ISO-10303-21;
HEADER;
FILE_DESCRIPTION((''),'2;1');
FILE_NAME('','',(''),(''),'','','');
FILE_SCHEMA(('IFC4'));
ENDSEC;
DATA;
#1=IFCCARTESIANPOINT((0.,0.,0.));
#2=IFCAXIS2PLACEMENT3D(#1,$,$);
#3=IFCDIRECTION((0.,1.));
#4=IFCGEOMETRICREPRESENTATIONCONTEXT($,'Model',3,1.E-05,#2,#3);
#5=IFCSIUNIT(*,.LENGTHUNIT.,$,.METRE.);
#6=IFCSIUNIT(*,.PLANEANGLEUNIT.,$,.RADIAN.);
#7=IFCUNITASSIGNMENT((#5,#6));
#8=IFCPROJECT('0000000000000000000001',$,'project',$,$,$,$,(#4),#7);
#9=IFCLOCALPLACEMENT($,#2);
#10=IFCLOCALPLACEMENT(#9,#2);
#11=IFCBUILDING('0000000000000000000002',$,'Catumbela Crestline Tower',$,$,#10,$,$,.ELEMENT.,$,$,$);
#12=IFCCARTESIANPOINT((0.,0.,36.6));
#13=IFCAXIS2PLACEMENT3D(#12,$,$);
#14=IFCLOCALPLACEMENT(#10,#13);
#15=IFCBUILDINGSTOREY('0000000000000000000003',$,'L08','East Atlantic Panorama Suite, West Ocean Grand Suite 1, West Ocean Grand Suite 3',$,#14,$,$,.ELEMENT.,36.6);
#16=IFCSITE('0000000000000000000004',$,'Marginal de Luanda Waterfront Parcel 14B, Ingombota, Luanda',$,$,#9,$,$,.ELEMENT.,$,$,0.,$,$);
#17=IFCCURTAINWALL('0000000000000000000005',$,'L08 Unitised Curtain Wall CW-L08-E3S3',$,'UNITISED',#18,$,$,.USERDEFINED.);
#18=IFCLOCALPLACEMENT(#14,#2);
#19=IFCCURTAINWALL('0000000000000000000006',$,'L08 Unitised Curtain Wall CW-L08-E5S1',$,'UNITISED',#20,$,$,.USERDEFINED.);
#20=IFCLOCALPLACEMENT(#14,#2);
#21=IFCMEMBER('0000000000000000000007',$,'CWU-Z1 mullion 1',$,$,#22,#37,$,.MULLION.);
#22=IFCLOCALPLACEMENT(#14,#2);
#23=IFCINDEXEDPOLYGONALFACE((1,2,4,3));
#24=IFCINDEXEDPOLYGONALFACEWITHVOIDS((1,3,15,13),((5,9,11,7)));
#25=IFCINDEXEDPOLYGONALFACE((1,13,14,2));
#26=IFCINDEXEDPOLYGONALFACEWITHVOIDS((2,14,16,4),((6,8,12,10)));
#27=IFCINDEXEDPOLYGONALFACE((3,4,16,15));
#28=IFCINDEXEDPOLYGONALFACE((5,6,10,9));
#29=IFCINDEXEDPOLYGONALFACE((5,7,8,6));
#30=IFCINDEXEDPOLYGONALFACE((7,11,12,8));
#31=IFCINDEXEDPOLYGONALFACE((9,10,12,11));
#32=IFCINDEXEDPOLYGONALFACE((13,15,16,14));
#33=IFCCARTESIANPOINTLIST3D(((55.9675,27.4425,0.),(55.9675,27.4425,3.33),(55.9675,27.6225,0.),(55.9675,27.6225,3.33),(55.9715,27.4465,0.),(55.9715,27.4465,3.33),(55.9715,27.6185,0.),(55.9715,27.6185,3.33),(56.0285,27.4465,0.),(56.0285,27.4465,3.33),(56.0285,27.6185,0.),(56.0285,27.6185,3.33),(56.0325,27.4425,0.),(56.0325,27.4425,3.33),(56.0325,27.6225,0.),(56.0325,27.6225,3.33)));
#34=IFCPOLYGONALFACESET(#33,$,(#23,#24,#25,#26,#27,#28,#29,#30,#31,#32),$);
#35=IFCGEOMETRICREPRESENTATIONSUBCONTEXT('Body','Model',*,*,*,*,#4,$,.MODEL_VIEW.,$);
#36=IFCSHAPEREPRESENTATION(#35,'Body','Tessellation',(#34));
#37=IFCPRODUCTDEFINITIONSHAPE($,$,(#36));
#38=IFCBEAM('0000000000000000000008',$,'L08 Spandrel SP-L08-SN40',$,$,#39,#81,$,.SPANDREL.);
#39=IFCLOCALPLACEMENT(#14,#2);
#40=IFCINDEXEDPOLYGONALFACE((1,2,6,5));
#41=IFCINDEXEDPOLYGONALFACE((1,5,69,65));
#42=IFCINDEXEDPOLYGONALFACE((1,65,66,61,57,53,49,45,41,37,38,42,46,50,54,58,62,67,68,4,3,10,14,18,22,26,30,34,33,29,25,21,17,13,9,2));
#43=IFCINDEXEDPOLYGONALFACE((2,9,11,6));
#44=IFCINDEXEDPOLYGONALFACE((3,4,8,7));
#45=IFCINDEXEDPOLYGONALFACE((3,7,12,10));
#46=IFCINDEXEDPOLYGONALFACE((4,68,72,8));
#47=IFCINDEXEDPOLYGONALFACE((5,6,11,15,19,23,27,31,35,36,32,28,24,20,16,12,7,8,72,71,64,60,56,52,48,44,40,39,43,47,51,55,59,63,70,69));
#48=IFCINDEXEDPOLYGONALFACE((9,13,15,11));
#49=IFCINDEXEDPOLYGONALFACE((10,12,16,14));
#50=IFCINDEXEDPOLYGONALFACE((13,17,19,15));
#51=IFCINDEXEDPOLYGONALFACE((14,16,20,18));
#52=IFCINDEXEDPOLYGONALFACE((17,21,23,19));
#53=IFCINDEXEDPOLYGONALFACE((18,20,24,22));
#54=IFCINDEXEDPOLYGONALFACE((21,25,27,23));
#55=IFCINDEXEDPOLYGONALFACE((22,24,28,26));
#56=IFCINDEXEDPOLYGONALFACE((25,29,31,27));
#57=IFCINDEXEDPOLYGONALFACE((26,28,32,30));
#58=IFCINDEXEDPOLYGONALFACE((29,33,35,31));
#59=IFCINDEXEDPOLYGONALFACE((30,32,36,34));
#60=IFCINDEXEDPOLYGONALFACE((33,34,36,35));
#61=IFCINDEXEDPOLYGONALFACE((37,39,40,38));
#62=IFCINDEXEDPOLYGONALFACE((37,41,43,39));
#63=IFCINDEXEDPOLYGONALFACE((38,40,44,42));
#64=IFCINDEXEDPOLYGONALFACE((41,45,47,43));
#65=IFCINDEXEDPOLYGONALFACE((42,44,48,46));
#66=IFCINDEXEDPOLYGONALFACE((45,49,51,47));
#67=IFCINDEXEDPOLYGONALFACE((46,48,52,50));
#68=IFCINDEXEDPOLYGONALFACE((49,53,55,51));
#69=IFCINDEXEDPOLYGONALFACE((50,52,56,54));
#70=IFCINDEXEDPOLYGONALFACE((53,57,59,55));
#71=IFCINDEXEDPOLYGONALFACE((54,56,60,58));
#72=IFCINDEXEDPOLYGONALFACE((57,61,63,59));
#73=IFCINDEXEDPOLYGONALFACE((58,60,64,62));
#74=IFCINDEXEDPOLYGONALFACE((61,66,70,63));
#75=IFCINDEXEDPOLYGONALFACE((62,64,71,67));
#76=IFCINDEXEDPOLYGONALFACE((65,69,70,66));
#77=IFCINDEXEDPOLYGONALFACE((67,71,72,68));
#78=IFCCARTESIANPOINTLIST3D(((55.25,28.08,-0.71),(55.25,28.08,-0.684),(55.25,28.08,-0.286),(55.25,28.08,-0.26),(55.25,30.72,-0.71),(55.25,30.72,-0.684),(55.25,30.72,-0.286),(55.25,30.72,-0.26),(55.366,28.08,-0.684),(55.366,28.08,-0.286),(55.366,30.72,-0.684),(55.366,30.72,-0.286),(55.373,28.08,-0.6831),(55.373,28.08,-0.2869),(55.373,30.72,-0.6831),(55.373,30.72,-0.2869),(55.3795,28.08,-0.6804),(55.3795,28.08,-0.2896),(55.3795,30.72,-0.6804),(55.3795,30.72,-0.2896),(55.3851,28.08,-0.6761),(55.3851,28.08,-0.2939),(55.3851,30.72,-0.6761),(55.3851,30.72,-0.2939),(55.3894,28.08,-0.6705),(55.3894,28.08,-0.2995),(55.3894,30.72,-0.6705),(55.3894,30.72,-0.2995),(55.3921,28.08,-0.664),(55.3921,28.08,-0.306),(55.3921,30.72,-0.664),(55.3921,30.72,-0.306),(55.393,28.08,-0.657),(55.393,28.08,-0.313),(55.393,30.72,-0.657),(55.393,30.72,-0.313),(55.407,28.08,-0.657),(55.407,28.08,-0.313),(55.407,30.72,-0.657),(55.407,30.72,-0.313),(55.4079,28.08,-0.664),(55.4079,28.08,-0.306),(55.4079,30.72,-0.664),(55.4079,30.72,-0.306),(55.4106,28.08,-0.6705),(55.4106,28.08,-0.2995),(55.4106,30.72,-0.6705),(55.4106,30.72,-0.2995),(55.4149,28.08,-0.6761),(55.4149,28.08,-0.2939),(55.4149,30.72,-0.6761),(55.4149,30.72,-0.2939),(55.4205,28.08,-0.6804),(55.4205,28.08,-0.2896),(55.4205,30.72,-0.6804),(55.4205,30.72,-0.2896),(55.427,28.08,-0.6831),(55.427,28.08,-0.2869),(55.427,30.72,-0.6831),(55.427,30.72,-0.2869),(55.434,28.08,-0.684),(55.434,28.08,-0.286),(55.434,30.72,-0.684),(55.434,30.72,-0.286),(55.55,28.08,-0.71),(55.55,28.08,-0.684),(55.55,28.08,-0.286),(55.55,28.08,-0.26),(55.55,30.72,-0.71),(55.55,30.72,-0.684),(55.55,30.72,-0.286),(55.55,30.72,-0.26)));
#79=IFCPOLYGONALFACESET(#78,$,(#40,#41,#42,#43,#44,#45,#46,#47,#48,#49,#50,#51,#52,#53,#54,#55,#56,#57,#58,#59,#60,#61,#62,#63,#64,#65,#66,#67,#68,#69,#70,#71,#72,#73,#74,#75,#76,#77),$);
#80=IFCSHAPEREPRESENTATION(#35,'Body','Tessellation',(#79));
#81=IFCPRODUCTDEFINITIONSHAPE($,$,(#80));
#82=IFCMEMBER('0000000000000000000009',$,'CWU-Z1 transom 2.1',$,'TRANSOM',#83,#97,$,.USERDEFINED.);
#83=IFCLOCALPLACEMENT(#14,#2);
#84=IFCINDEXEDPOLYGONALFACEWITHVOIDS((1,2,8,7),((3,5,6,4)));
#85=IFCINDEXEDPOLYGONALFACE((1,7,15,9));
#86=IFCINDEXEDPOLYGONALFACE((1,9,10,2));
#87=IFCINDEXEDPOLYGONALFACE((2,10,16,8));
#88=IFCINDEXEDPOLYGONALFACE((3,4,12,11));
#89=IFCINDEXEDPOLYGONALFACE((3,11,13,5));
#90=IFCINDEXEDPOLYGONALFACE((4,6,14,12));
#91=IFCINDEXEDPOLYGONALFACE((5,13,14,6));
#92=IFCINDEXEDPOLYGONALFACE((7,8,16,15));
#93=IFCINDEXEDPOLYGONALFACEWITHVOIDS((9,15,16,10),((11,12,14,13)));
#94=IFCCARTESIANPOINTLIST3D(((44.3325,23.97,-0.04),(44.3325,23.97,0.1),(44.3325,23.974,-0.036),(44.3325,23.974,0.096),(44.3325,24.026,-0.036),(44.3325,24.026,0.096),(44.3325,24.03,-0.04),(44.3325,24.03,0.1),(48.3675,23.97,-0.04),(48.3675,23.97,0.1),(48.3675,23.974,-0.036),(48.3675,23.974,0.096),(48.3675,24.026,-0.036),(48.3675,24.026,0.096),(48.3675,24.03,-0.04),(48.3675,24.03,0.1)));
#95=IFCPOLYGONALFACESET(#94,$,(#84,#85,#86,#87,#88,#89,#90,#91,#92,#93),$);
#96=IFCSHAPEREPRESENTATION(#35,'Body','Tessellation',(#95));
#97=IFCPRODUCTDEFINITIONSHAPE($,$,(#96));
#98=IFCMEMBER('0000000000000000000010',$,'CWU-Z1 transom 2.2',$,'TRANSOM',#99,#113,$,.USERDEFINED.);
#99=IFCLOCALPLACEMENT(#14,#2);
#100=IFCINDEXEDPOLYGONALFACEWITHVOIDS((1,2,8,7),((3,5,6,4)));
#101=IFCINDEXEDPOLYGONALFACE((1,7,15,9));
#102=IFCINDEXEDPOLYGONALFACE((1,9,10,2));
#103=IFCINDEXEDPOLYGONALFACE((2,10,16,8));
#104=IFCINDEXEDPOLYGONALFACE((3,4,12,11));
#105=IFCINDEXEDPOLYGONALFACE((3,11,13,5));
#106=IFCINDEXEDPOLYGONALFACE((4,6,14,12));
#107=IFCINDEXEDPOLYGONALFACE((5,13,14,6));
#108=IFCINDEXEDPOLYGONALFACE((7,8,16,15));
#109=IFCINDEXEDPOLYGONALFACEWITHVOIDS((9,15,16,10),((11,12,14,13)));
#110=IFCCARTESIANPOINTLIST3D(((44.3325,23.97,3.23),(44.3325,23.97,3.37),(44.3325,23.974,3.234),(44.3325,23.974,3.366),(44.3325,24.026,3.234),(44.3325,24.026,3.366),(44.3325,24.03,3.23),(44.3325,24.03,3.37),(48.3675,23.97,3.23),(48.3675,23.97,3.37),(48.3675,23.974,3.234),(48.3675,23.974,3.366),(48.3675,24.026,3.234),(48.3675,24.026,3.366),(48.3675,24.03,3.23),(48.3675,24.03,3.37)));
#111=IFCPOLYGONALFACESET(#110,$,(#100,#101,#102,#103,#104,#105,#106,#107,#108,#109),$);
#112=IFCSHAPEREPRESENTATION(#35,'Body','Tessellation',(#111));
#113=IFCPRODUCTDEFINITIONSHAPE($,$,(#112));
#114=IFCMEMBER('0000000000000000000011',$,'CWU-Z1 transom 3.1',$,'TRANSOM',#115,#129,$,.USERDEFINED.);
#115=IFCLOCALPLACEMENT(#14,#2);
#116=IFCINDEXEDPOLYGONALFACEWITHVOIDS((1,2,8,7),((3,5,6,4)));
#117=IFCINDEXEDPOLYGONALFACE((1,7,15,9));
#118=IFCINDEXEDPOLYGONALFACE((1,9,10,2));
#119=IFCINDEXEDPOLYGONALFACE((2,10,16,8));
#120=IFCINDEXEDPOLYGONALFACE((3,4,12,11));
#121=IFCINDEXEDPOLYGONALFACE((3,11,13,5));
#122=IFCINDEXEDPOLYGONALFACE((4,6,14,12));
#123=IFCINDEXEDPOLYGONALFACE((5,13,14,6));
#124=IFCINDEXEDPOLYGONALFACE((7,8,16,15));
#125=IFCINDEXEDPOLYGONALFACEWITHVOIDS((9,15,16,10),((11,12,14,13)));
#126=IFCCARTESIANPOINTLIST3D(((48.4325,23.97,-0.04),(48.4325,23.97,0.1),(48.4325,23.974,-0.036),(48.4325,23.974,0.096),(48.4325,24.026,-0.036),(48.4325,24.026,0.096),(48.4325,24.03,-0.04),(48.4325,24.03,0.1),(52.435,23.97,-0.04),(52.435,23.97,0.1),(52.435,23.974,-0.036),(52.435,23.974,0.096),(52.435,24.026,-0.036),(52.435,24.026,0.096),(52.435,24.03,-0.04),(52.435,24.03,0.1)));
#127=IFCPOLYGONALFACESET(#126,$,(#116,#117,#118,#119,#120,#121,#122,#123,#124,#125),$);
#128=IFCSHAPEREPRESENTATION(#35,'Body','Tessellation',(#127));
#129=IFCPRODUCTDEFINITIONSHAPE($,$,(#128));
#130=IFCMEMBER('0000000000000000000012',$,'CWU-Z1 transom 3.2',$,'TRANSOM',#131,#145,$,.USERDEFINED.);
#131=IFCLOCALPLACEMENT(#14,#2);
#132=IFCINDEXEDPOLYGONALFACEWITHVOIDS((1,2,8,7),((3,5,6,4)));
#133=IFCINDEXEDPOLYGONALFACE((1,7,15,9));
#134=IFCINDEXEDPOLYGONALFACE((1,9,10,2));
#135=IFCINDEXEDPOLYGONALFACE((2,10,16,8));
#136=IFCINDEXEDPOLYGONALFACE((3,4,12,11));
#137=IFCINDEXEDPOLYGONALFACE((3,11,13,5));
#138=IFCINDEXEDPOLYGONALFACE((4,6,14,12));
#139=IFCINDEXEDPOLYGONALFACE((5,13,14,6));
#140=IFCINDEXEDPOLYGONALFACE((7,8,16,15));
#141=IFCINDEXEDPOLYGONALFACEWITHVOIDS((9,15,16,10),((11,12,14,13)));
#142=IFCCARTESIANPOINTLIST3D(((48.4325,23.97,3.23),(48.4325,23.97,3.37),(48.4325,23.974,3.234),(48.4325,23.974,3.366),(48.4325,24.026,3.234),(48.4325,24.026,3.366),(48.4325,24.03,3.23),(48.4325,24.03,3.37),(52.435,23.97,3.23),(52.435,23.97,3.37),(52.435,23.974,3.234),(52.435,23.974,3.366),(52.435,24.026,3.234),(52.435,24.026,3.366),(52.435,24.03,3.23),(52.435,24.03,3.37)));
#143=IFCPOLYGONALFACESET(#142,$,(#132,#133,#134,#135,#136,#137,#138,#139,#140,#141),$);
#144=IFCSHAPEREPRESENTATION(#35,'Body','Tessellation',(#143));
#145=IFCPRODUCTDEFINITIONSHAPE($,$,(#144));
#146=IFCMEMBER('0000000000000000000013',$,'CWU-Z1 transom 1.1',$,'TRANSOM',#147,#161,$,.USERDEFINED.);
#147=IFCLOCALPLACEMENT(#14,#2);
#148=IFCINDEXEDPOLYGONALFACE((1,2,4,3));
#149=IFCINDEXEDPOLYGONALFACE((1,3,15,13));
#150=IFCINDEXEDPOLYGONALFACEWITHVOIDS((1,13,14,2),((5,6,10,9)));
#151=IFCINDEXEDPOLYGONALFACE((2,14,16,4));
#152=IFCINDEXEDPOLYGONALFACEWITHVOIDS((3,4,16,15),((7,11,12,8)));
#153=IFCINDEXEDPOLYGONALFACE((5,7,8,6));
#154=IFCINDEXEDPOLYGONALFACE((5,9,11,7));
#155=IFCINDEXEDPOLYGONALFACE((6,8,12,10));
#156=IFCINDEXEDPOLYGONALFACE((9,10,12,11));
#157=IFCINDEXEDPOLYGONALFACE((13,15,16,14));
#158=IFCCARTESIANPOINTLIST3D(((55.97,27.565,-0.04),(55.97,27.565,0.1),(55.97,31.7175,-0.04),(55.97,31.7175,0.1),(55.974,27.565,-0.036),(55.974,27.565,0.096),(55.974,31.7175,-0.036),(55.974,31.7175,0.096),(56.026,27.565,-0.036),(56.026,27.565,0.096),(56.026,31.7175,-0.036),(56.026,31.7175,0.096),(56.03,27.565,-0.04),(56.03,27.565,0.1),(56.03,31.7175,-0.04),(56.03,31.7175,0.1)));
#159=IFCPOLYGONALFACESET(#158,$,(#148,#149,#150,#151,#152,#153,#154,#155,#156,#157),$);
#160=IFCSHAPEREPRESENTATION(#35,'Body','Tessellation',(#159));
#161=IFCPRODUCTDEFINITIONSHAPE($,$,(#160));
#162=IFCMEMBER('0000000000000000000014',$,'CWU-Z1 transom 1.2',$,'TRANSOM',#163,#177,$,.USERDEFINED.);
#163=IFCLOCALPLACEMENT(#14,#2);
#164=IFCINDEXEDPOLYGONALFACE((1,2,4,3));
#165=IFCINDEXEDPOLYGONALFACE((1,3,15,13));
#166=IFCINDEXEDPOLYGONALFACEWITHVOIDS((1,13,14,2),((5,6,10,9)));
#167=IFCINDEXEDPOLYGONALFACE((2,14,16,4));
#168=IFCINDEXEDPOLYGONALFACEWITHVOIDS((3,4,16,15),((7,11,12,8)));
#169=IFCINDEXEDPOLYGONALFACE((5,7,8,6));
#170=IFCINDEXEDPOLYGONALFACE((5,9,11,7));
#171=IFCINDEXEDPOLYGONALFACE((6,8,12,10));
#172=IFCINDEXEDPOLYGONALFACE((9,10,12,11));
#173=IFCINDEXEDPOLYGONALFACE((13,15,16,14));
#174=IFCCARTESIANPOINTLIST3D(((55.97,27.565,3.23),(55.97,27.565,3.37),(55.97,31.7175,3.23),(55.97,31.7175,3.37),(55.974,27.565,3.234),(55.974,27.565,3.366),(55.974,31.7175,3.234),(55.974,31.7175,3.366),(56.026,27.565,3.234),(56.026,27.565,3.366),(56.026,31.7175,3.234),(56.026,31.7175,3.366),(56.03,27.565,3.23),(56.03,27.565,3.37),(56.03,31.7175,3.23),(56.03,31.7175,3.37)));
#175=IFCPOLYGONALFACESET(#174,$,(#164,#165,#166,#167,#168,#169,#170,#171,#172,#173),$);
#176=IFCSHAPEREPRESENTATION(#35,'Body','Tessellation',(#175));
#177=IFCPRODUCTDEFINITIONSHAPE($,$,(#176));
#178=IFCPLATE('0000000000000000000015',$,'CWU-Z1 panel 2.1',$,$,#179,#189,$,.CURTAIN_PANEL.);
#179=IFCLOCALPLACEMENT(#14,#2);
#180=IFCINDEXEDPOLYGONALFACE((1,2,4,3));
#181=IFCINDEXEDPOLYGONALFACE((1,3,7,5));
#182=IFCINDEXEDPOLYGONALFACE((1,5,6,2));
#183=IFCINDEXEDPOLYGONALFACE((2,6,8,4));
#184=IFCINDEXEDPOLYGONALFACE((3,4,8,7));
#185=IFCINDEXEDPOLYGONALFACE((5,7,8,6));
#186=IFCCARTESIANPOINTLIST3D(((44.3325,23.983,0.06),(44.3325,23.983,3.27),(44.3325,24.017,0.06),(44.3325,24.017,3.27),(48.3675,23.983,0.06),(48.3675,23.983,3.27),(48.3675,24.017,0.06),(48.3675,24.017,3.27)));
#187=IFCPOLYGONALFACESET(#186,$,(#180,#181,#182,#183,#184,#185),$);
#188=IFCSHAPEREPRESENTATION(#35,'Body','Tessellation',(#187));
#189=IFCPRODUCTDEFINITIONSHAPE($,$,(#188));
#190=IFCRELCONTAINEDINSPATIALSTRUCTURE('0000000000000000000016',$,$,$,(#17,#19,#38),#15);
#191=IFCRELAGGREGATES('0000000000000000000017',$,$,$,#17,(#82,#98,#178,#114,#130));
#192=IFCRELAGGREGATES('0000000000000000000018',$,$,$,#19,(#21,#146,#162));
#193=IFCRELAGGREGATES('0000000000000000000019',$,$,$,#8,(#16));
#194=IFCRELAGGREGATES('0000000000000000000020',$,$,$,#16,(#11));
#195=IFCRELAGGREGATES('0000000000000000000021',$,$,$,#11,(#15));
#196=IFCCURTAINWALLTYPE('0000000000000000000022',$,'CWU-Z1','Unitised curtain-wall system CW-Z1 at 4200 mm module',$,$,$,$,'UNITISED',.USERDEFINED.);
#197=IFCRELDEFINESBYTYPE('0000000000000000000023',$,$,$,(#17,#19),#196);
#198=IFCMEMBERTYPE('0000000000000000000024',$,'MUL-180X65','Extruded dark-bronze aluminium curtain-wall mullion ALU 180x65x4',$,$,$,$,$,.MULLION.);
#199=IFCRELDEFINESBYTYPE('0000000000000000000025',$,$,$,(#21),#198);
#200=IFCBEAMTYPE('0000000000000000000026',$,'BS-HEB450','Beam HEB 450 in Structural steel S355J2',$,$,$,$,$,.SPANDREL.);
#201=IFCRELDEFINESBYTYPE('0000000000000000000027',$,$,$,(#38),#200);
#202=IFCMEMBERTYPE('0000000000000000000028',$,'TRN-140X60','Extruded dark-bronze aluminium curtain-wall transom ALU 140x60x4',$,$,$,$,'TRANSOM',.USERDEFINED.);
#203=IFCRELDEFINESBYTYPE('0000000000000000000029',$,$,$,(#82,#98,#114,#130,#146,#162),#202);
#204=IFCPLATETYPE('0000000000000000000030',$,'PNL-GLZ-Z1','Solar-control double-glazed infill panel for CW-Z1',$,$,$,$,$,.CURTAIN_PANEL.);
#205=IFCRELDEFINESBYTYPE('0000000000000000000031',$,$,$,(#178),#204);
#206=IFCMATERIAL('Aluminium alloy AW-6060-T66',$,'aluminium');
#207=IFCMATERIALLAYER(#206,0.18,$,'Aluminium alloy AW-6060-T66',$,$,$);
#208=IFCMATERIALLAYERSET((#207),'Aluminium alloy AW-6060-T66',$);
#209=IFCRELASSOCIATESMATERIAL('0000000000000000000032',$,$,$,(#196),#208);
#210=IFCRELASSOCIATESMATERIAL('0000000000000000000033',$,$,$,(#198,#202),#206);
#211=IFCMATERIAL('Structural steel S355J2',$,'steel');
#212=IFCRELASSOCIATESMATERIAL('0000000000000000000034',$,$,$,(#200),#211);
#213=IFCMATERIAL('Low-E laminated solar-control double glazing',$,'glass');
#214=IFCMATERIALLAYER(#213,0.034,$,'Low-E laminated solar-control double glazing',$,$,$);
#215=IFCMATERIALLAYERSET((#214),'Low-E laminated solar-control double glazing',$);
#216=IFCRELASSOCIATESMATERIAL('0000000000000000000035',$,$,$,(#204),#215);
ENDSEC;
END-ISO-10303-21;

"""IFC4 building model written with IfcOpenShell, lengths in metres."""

from ifc_helpers import new_model, si_unit, direction, frame, origin, origin_2d, place, context, subcontext, project, spatial, rectangle, hollow_rectangle, i_section, extrude, material, layer, layer_set, material_profile, profile_set, type_object, element, aggregate, save


model = new_model("IFC4")

# Units and contexts
model_context = context("Model", 3, precision=1e-05, world=origin(), true_north=direction((0.0, 1.0)))
body_context = subcontext(model_context, "Body", "Model", "MODEL_VIEW")
ifc_project = project(units=[si_unit("LENGTHUNIT", "METRE"), si_unit("PLANEANGLEUNIT", "RADIAN")], contexts=[model_context])

# Site, building, storey
site_placement = place(None, origin())
site = spatial("IfcSite", under=ifc_project, at=site_placement, Name="Marginal de Luanda Waterfront Parcel 14B, Ingombota, Luanda", CompositionType="ELEMENT", RefElevation=0.0)
building_placement = place(site_placement, origin())
building = spatial("IfcBuilding", under=site, at=building_placement, Name="Catumbela Crestline Tower", CompositionType="ELEMENT")
storey_placement = place(building_placement, frame((0.0, 0.0, 36.6)))
storey = spatial("IfcBuildingStorey", under=building, at=storey_placement, Name="L08", Description="East Atlantic Panorama Suite, West Ocean Grand Suite 1, West Ocean Grand Suite 3", CompositionType="ELEMENT", Elevation=36.6)

# Shared definitions
ifc_material_1 = material(Name="Structural steel S355J2", Category="steel")

# Curtain wall
ifc_material_2 = material(Name="Aluminium alloy AW-6060-T66", Category="aluminium")
ifc_layer_1 = layer(ifc_material_2, 0.18, Name="Aluminium alloy AW-6060-T66")
ifc_layer_set_1 = layer_set([ifc_layer_1], Name="Aluminium alloy AW-6060-T66")
curtain_wall_type = type_object("IfcCurtainWallType", Name="CWU-Z1", Description="Unitised curtain-wall system CW-Z1 at 4200 mm module", ElementType="UNITISED", PredefinedType="USERDEFINED", material=ifc_layer_set_1)
curtain_wall_1_placement = place(storey_placement, origin())
curtain_wall_1 = element("IfcCurtainWall", 1, at=curtain_wall_1_placement, inside=storey, type_object=curtain_wall_type, Name="L08 Unitised Curtain Wall CW-L08-E3S3", ObjectType="UNITISED", PredefinedType="USERDEFINED")
ifc_material_profile_1 = material_profile(ifc_material_2, hollow_rectangle(XDim=0.065, YDim=0.18, WallThickness=0.004, at=origin_2d()), Name="ALU 180x65x4")
ifc_profile_set_1 = profile_set([ifc_material_profile_1], Name="Aluminium alloy AW-6060-T66")
member_type_1 = type_object("IfcMemberType", Name="MUL-180X65", Description="Extruded dark-bronze aluminium curtain-wall mullion ALU 180x65x4", PredefinedType="MULLION", material=ifc_profile_set_1)

# Curtain wall, member
curtain_wall_2_placement = place(storey_placement, origin())
curtain_wall_2 = element("IfcCurtainWall", 2, at=curtain_wall_2_placement, inside=storey, type_object=curtain_wall_type, Name="L08 Unitised Curtain Wall CW-L08-E5S1", ObjectType="UNITISED", PredefinedType="USERDEFINED")
member_1_placement = place(storey_placement, frame((56.0, 27.5325, 0.0), z_axis=(0.0, 0.0, 1.0), x_axis=(-1.0, 0.0, 0.0)))
member_1 = element("IfcMember", 3, at=member_1_placement, type_object=member_type_1, Name="CWU-Z1 mullion 1", PredefinedType="MULLION", context=body_context, shape_type="SweptSolid", body=[
    extrude(hollow_rectangle(XDim=0.065, YDim=0.18, WallThickness=0.004, at=origin_2d()), origin(), (0.0, 0.0, 1.0), 3.33),
])

# Beam
ifc_material_profile_2 = material_profile(ifc_material_1, i_section(OverallWidth=0.3, OverallDepth=0.45, WebThickness=0.014, FlangeThickness=0.026, FilletRadius=0.027, at=origin_2d()), Name="HEB 450")
ifc_profile_set_2 = profile_set([ifc_material_profile_2], Name="Structural steel S355J2")
beam_type_1 = type_object("IfcBeamType", Name="BS-HEB450", Description="Beam HEB 450 in Structural steel S355J2", PredefinedType="SPANDREL", material=ifc_profile_set_2)
beam_1_placement = place(storey_placement, frame((55.4, 28.08, -0.485), z_axis=(0.0, 1.0, 0.0), x_axis=(-1.0, 0.0, 0.0)))
element("IfcBeam", 4, at=beam_1_placement, inside=storey, type_object=beam_type_1, Name="L08 Spandrel SP-L08-SN40", PredefinedType="SPANDREL", context=body_context, shape_type="SweptSolid", body=[
    extrude(i_section(OverallWidth=0.3, OverallDepth=0.45, WebThickness=0.014, FlangeThickness=0.026, FilletRadius=0.027, at=origin_2d()), origin(), (0.0, 0.0, 1.0), 2.64),
])

# Members
ifc_material_profile_3 = material_profile(ifc_material_2, hollow_rectangle(XDim=0.06, YDim=0.14, WallThickness=0.004, at=origin_2d()), Name="ALU 140x60x4")
ifc_profile_set_3 = profile_set([ifc_material_profile_3], Name="Aluminium alloy AW-6060-T66")
member_type_2 = type_object("IfcMemberType", Name="TRN-140X60", Description="Extruded dark-bronze aluminium curtain-wall transom ALU 140x60x4", ElementType="TRANSOM", PredefinedType="USERDEFINED", material=ifc_profile_set_3)
member_2_placement = place(storey_placement, frame((44.3325, 24.0, 0.03), z_axis=(1.0, 0.0, 0.0), x_axis=(0.0, 1.0, 0.0)))
member_2 = element("IfcMember", 5, at=member_2_placement, type_object=member_type_2, Name="CWU-Z1 transom 2.1", ObjectType="TRANSOM", PredefinedType="USERDEFINED", context=body_context, shape_type="SweptSolid", body=[
    extrude(hollow_rectangle(XDim=0.06, YDim=0.14, WallThickness=0.004, at=origin_2d()), origin(), (0.0, 0.0, 1.0), 4.035),
])
member_3_placement = place(storey_placement, frame((44.3325, 24.0, 3.3), z_axis=(1.0, 0.0, 0.0), x_axis=(0.0, 1.0, 0.0)))
member_3 = element("IfcMember", 6, at=member_3_placement, type_object=member_type_2, Name="CWU-Z1 transom 2.2", ObjectType="TRANSOM", PredefinedType="USERDEFINED", context=body_context, shape_type="SweptSolid", body=[
    extrude(hollow_rectangle(XDim=0.06, YDim=0.14, WallThickness=0.004, at=origin_2d()), origin(), (0.0, 0.0, 1.0), 4.035),
])
member_4_placement = place(storey_placement, frame((48.4325, 24.0, 0.03), z_axis=(1.0, 0.0, 0.0), x_axis=(0.0, 1.0, 0.0)))
member_4 = element("IfcMember", 7, at=member_4_placement, type_object=member_type_2, Name="CWU-Z1 transom 3.1", ObjectType="TRANSOM", PredefinedType="USERDEFINED", context=body_context, shape_type="SweptSolid", body=[
    extrude(hollow_rectangle(XDim=0.06, YDim=0.14, WallThickness=0.004, at=origin_2d()), origin(), (0.0, 0.0, 1.0), 4.0025),
])
member_5_placement = place(storey_placement, frame((48.4325, 24.0, 3.3), z_axis=(1.0, 0.0, 0.0), x_axis=(0.0, 1.0, 0.0)))
member_5 = element("IfcMember", 8, at=member_5_placement, type_object=member_type_2, Name="CWU-Z1 transom 3.2", ObjectType="TRANSOM", PredefinedType="USERDEFINED", context=body_context, shape_type="SweptSolid", body=[
    extrude(hollow_rectangle(XDim=0.06, YDim=0.14, WallThickness=0.004, at=origin_2d()), origin(), (0.0, 0.0, 1.0), 4.0025),
])
member_6_placement = place(storey_placement, frame((56.0, 27.565, 0.03), z_axis=(0.0, 1.0, 0.0), x_axis=(-1.0, 0.0, 0.0)))
member_6 = element("IfcMember", 9, at=member_6_placement, type_object=member_type_2, Name="CWU-Z1 transom 1.1", ObjectType="TRANSOM", PredefinedType="USERDEFINED", context=body_context, shape_type="SweptSolid", body=[
    extrude(hollow_rectangle(XDim=0.06, YDim=0.14, WallThickness=0.004, at=origin_2d()), origin(), (0.0, 0.0, 1.0), 4.1525),
])
member_7_placement = place(storey_placement, frame((56.0, 27.565, 3.3), z_axis=(0.0, 1.0, 0.0), x_axis=(-1.0, 0.0, 0.0)))
member_7 = element("IfcMember", 10, at=member_7_placement, type_object=member_type_2, Name="CWU-Z1 transom 1.2", ObjectType="TRANSOM", PredefinedType="USERDEFINED", context=body_context, shape_type="SweptSolid", body=[
    extrude(hollow_rectangle(XDim=0.06, YDim=0.14, WallThickness=0.004, at=origin_2d()), origin(), (0.0, 0.0, 1.0), 4.1525),
])

# Plate
ifc_material_3 = material(Name="Low-E laminated solar-control double glazing", Category="glass")
ifc_layer_2 = layer(ifc_material_3, 0.034, Name="Low-E laminated solar-control double glazing")
ifc_layer_set_2 = layer_set([ifc_layer_2], Name="Low-E laminated solar-control double glazing")
plate_type = type_object("IfcPlateType", Name="PNL-GLZ-Z1", Description="Solar-control double-glazed infill panel for CW-Z1", PredefinedType="CURTAIN_PANEL", material=ifc_layer_set_2)
plate_1_placement = place(storey_placement, frame((46.35, 24.0, 0.06), z_axis=(0.0, 0.0, 1.0), x_axis=(1.0, 0.0, 0.0)))
plate_1 = element("IfcPlate", 11, at=plate_1_placement, type_object=plate_type, Name="CWU-Z1 panel 2.1", PredefinedType="CURTAIN_PANEL", context=body_context, shape_type="SweptSolid", body=[
    extrude(rectangle(XDim=4.035, YDim=0.034, at=origin_2d()), origin(), (0.0, 0.0, 1.0), 3.21),
])
aggregate(curtain_wall_1, [member_2, member_3, plate_1, member_4, member_5])
aggregate(curtain_wall_2, [member_1, member_6, member_7])

save(model, "model.ifc")
